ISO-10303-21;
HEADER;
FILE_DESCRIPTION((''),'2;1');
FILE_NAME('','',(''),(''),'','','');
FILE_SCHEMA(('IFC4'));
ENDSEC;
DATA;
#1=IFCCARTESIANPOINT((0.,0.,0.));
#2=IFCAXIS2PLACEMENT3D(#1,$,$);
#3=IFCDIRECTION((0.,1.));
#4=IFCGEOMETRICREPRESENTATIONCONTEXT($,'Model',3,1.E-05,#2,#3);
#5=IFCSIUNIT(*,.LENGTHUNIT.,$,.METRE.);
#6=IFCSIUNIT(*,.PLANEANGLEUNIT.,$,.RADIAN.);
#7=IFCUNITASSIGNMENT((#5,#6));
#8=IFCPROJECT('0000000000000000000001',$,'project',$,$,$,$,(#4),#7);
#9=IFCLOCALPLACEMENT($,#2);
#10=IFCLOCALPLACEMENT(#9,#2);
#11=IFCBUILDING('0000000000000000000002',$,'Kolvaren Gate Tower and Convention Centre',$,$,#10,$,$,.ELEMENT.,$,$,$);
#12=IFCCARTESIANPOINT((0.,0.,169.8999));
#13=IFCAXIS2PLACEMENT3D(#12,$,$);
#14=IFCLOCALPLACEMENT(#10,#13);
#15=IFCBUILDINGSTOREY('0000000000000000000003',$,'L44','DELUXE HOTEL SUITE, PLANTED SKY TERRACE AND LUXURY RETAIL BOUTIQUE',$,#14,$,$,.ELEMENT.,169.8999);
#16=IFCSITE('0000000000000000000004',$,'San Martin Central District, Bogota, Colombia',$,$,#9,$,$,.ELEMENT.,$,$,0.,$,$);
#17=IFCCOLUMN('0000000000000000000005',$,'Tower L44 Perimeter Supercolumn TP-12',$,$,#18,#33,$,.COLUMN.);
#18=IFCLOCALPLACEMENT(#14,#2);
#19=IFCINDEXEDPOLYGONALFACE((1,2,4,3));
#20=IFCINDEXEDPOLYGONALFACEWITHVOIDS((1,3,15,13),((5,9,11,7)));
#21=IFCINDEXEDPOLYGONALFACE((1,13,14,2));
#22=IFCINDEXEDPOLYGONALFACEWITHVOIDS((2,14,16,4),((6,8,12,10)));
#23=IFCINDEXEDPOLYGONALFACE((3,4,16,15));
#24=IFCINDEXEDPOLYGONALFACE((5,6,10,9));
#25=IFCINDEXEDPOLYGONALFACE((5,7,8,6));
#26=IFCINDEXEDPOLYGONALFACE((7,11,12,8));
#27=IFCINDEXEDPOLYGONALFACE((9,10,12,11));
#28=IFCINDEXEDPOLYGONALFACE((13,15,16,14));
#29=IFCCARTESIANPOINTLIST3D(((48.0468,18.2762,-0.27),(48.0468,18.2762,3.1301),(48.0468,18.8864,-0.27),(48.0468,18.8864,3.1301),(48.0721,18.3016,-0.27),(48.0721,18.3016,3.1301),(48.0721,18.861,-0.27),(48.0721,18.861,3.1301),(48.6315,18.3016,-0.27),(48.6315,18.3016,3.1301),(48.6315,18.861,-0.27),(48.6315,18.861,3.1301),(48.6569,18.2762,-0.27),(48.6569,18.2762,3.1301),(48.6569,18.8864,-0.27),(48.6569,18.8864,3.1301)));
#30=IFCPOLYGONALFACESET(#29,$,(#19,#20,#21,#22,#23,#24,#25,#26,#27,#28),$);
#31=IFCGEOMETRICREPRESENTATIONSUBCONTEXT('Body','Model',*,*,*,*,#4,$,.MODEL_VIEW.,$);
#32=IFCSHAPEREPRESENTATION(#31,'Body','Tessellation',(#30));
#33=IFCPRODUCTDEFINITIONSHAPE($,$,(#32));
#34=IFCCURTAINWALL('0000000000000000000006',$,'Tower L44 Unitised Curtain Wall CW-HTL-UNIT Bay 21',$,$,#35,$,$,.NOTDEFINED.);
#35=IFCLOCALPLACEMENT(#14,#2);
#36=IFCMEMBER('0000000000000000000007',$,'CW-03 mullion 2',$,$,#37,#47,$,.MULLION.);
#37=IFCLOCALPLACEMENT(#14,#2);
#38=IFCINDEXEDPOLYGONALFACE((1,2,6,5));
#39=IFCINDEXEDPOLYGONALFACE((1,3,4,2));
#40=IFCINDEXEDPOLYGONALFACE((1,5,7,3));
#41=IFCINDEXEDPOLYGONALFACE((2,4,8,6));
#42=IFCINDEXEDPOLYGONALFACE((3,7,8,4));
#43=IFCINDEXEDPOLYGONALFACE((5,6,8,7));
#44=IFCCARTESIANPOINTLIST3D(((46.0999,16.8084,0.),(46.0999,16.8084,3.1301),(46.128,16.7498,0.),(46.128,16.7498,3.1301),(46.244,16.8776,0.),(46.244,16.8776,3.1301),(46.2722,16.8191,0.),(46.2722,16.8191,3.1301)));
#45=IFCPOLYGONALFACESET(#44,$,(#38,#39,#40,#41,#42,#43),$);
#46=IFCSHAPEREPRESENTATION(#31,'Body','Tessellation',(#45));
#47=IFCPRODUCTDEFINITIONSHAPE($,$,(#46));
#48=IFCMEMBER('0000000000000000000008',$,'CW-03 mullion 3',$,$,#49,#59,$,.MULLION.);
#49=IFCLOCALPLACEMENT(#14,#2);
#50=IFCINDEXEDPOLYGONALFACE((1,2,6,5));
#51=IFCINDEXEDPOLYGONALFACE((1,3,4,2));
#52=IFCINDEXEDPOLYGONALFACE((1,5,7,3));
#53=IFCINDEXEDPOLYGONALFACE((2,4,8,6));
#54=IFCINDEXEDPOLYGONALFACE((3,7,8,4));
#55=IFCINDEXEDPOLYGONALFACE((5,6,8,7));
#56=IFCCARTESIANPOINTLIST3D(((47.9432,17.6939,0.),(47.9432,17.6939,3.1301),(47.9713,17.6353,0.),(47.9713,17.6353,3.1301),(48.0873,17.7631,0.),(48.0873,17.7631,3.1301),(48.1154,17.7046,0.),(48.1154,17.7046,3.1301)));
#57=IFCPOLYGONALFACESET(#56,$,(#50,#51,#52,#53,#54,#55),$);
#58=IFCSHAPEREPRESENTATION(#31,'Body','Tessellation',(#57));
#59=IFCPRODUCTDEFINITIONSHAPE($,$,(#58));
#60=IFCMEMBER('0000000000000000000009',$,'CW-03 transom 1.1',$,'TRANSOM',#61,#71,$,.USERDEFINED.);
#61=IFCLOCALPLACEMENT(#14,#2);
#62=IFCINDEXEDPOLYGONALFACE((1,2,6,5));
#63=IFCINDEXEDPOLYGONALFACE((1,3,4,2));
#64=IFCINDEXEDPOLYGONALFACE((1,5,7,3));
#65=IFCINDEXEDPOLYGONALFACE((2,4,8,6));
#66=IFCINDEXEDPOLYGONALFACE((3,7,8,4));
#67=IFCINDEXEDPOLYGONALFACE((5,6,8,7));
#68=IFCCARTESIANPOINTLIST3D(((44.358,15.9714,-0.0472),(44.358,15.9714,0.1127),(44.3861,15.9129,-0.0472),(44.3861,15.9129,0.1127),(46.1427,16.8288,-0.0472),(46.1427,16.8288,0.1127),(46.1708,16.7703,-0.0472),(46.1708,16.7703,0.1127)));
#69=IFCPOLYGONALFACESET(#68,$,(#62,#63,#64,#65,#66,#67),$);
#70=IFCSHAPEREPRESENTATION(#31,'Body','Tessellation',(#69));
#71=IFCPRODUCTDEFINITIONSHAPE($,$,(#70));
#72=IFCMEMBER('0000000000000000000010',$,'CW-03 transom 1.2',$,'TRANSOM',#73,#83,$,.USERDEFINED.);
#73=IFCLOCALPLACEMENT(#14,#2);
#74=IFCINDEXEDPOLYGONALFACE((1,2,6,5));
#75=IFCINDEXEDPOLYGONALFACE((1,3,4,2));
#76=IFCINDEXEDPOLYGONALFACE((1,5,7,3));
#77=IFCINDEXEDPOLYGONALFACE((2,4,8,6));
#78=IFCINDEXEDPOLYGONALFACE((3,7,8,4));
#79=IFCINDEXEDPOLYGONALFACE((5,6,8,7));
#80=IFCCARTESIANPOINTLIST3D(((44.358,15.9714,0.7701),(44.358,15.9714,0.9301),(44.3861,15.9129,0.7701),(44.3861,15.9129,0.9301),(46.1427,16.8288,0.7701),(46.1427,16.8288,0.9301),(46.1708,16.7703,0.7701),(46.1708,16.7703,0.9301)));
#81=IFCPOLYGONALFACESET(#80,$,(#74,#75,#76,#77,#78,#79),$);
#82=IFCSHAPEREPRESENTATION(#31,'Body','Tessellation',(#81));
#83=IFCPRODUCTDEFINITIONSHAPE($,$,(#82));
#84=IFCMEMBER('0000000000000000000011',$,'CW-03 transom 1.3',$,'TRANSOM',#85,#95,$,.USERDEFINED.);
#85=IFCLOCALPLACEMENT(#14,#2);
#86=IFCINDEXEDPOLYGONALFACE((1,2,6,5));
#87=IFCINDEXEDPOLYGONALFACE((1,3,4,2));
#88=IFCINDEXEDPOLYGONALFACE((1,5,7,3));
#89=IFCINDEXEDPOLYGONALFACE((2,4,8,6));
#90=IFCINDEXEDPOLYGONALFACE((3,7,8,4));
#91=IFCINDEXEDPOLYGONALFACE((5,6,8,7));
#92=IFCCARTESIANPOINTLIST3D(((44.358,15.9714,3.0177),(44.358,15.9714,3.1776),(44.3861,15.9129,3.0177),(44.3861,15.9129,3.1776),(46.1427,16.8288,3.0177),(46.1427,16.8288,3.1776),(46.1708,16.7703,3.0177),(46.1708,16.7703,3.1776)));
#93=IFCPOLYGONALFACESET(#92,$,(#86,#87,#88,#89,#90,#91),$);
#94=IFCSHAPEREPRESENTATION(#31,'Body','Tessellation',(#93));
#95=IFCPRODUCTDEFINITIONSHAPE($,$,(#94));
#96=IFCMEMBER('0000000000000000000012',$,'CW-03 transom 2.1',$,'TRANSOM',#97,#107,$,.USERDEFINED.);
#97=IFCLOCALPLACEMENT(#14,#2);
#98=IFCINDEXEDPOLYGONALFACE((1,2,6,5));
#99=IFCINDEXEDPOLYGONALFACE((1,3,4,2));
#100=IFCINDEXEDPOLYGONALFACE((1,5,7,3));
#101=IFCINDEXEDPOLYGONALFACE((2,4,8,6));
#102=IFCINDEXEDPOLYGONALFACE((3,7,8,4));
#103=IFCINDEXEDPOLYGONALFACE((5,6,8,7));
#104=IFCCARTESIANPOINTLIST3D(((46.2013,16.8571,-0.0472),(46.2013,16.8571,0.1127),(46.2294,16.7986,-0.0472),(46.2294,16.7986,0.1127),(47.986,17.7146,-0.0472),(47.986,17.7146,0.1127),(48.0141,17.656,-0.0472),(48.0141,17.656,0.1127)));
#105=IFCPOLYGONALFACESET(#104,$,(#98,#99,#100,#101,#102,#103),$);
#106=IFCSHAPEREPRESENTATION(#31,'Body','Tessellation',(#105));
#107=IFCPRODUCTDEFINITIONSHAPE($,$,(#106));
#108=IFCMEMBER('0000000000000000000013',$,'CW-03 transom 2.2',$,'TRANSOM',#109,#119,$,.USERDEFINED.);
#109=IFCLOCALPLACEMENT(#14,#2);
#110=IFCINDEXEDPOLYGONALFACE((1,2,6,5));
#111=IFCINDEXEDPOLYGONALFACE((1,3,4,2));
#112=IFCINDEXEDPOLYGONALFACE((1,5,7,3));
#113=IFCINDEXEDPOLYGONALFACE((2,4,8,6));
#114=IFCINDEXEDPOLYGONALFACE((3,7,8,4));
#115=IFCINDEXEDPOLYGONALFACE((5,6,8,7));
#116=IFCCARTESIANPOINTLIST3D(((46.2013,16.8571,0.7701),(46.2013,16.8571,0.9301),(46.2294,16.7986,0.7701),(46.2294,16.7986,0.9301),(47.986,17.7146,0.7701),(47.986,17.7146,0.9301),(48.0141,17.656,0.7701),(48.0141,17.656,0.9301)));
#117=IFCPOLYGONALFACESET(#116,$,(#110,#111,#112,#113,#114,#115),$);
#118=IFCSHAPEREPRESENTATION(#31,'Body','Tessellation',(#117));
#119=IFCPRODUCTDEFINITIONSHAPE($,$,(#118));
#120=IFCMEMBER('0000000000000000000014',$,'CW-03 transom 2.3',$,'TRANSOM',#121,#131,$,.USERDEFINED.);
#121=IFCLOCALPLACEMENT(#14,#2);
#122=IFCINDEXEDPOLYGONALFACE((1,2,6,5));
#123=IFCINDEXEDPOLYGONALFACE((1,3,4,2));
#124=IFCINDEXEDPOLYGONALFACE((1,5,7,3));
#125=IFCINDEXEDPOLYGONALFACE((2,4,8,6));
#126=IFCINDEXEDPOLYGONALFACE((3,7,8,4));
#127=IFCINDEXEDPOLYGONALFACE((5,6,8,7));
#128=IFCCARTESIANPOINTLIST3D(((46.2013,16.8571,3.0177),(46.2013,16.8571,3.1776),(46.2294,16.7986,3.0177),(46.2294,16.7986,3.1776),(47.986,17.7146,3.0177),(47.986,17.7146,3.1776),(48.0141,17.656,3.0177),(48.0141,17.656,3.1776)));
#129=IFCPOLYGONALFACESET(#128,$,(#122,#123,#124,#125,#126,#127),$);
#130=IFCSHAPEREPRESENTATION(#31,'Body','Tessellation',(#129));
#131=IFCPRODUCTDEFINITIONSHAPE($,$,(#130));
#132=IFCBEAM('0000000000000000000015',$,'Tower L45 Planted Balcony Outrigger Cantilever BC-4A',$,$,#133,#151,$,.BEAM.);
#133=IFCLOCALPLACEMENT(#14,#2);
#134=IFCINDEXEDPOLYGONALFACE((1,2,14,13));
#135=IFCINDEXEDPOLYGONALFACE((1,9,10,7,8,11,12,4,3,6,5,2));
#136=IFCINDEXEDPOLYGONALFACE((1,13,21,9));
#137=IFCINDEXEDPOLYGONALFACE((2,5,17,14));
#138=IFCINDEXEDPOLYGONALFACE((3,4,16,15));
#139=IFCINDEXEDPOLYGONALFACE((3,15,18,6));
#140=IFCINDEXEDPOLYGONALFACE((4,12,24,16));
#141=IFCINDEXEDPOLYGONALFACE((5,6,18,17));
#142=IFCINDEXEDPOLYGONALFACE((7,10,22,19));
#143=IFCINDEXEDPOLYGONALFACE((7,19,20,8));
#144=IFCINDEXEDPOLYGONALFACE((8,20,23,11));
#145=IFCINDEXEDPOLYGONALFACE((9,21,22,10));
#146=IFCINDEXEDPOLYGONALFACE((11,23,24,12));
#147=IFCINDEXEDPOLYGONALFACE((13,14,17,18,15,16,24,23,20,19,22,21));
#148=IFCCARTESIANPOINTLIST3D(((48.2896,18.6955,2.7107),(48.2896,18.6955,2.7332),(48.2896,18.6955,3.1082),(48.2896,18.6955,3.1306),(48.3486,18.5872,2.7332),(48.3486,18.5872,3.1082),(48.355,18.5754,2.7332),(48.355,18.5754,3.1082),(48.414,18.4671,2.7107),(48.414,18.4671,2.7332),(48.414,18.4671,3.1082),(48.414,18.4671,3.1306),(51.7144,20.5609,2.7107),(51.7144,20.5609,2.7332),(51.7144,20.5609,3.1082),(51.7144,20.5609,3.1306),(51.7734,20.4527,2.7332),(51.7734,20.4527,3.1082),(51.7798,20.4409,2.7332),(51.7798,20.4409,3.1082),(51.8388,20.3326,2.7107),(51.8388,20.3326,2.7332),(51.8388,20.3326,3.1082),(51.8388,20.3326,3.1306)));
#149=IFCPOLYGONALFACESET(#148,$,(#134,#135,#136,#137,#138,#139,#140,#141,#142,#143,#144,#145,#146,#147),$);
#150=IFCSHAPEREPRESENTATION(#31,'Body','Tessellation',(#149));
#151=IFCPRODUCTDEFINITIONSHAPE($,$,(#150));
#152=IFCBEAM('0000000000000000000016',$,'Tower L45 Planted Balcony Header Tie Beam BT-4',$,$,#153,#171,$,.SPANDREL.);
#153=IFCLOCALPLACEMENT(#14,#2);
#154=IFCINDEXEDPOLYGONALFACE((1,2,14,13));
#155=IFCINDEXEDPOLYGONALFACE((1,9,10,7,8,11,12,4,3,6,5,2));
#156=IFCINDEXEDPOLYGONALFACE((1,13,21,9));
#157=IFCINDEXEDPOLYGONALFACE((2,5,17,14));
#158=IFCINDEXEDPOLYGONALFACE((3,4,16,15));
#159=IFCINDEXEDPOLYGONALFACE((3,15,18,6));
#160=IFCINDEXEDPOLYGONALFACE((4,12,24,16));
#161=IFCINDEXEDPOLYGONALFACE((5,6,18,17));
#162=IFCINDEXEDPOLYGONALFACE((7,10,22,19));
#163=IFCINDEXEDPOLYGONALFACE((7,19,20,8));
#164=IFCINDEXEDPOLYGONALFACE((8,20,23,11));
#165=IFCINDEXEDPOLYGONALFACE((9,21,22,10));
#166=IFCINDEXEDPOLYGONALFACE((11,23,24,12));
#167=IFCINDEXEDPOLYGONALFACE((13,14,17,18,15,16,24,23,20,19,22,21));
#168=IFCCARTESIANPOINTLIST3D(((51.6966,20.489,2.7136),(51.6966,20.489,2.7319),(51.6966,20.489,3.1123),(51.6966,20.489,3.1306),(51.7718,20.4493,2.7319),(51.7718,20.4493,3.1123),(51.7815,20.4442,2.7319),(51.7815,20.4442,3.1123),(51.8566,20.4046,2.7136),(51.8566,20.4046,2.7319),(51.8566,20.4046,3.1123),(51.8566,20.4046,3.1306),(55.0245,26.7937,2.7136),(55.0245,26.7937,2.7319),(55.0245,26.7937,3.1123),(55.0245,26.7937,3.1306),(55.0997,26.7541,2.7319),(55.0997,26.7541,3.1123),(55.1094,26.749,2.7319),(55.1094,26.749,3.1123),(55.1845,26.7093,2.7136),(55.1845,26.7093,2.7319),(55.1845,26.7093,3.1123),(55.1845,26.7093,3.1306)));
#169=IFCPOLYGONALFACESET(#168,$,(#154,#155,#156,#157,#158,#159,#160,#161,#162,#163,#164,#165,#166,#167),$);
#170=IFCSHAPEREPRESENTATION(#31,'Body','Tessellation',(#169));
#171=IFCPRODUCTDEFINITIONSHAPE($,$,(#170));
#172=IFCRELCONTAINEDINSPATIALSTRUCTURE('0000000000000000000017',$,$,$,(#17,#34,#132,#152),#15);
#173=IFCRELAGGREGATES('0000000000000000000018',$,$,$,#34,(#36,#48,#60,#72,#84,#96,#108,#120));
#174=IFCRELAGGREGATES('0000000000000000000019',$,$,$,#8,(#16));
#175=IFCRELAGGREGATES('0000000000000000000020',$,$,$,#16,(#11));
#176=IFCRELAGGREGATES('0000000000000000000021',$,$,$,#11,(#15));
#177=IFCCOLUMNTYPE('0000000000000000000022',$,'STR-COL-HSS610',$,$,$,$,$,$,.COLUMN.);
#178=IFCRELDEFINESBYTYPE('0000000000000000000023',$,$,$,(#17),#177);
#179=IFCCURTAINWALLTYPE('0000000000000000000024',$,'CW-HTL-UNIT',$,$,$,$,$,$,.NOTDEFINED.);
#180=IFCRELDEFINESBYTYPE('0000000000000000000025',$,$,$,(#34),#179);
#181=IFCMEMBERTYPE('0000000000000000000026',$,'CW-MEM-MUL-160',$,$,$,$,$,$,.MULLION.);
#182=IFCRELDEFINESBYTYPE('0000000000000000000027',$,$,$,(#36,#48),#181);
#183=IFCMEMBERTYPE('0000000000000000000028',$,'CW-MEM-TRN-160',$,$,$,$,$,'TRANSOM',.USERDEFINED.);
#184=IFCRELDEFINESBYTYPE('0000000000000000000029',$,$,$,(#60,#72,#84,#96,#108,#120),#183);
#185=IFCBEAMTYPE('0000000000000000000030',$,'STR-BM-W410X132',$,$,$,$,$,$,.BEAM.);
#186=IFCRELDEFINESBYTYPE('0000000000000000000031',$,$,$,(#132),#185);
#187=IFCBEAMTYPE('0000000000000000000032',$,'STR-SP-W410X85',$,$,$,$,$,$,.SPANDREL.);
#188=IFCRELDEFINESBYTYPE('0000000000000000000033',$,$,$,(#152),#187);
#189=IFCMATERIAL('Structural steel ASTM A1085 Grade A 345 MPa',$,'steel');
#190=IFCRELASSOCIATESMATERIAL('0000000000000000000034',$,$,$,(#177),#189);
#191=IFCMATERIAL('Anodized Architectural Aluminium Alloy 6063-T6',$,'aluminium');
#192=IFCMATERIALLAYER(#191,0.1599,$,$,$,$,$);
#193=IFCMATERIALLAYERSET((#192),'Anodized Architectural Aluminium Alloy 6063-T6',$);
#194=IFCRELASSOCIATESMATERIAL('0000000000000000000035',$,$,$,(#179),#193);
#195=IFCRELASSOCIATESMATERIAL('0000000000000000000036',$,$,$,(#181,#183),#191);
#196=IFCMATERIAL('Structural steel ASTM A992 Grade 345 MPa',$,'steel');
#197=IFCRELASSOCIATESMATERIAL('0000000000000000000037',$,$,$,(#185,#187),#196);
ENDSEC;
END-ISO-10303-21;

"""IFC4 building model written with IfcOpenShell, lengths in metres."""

from ifc_helpers import new_model, si_unit, direction, frame, origin, origin_2d, place, context, subcontext, project, spatial, rectangle, hollow_rectangle, i_section, extrude, material, layer, layer_set, material_profile, profile_set, type_object, element, aggregate, save


model = new_model("IFC4")

# Units and contexts
model_context = context("Model", 3, precision=1e-05, world=origin(), true_north=direction((0.0, 1.0)))
body_context = subcontext(model_context, "Body", "Model", "MODEL_VIEW")
ifc_project = project(units=[si_unit("LENGTHUNIT", "METRE"), si_unit("PLANEANGLEUNIT", "RADIAN")], contexts=[model_context])

# Site, building, storey
site_placement = place(None, origin())
site = spatial("IfcSite", under=ifc_project, at=site_placement, Name="San Martin Central District, Bogota, Colombia", CompositionType="ELEMENT", RefElevation=0.0)
building_placement = place(site_placement, origin())
building = spatial("IfcBuilding", under=site, at=building_placement, Name="Kolvaren Gate Tower and Convention Centre", CompositionType="ELEMENT")
storey_placement = place(building_placement, frame((0.0, 0.0, 169.8999)))
storey = spatial("IfcBuildingStorey", under=building, at=storey_placement, Name="L44", Description="DELUXE HOTEL SUITE, PLANTED SKY TERRACE AND LUXURY RETAIL BOUTIQUE", CompositionType="ELEMENT", Elevation=169.8999)

# Column
ifc_material_1 = material(Name="Structural steel ASTM A1085 Grade A 345 MPa", Category="steel")
ifc_material_profile_1 = material_profile(ifc_material_1, hollow_rectangle(XDim=0.6101, YDim=0.6101, WallThickness=0.0254, at=origin_2d()), Name="HSS610X610X25.4")
ifc_profile_set_1 = profile_set([ifc_material_profile_1], Name="Structural steel ASTM A1085 Grade A 345 MPa")
column_type = type_object("IfcColumnType", Name="STR-COL-HSS610", PredefinedType="COLUMN", material=ifc_profile_set_1)
column_placement = place(storey_placement, frame((48.3518, 18.5813, -0.27), z_axis=(0.0, 0.0, 1.0), x_axis=(1.0, 0.0, 0.0)))
element("IfcColumn", 1, at=column_placement, inside=storey, type_object=column_type, Name="Tower L44 Perimeter Supercolumn TP-12", PredefinedType="COLUMN", context=body_context, shape_type="SweptSolid", body=[
    extrude(hollow_rectangle(XDim=0.6101, YDim=0.6101, WallThickness=0.0254, at=origin_2d()), origin(), (0.0, 0.0, 1.0), 3.4001),
])

# Curtain wall, members
ifc_material_2 = material(Name="Anodized Architectural Aluminium Alloy 6063-T6", Category="aluminium")
ifc_layer_1 = layer(ifc_material_2, 0.1599)
ifc_layer_set_1 = layer_set([ifc_layer_1], Name="Anodized Architectural Aluminium Alloy 6063-T6")
curtain_wall_type = type_object("IfcCurtainWallType", Name="CW-HTL-UNIT", PredefinedType="NOTDEFINED", material=ifc_layer_set_1)
curtain_wall_placement = place(storey_placement, origin())
curtain_wall = element("IfcCurtainWall", 2, at=curtain_wall_placement, inside=storey, type_object=curtain_wall_type, Name="Tower L44 Unitised Curtain Wall CW-HTL-UNIT Bay 21", PredefinedType="NOTDEFINED")
ifc_material_profile_2 = material_profile(ifc_material_2, rectangle(XDim=0.0649, YDim=0.1599, at=origin_2d()), Name="CW-MEM-MUL-160")
ifc_profile_set_2 = profile_set([ifc_material_profile_2], Name="Anodized Architectural Aluminium Alloy 6063-T6")
member_type_1 = type_object("IfcMemberType", Name="CW-MEM-MUL-160", PredefinedType="MULLION", material=ifc_profile_set_2)
member_1_placement = place(storey_placement, frame((46.186, 16.8137, 0.0), z_axis=(0.0, 0.0, 1.0), x_axis=(-0.433074, 0.901358, 0.0)))
member_1 = element("IfcMember", 3, at=member_1_placement, type_object=member_type_1, Name="CW-03 mullion 2", PredefinedType="MULLION", context=body_context, shape_type="SweptSolid", body=[
    extrude(rectangle(XDim=0.0649, YDim=0.1599, at=origin_2d()), origin(), (0.0, 0.0, 1.0), 3.1301),
])
member_2_placement = place(storey_placement, frame((48.0293, 17.6992, 0.0), z_axis=(0.0, 0.0, 1.0), x_axis=(-0.433074, 0.901358, 0.0)))
member_2 = element("IfcMember", 4, at=member_2_placement, type_object=member_type_1, Name="CW-03 mullion 3", PredefinedType="MULLION", context=body_context, shape_type="SweptSolid", body=[
    extrude(rectangle(XDim=0.0649, YDim=0.1599, at=origin_2d()), origin(), (0.0, 0.0, 1.0), 3.1301),
])
ifc_material_profile_3 = material_profile(ifc_material_2, rectangle(XDim=0.0649, YDim=0.1599, at=origin_2d()), Name="CW-MEM-TRN-160")
ifc_profile_set_3 = profile_set([ifc_material_profile_3], Name="Anodized Architectural Aluminium Alloy 6063-T6")
member_type_2 = type_object("IfcMemberType", Name="CW-MEM-TRN-160", ElementType="TRANSOM", PredefinedType="USERDEFINED", material=ifc_profile_set_3)
member_3_placement = place(storey_placement, frame((44.3721, 15.9421, 0.0327), z_axis=(0.901369, 0.433052, 0.0), x_axis=(-0.433052, 0.901369, 0.0)))
member_3 = element("IfcMember", 5, at=member_3_placement, type_object=member_type_2, Name="CW-03 transom 1.1", ObjectType="TRANSOM", PredefinedType="USERDEFINED", context=body_context, shape_type="SweptSolid", body=[
    extrude(rectangle(XDim=0.0649, YDim=0.1599, at=origin_2d()), origin(), (0.0, 0.0, 1.0), 1.98),
])
member_4_placement = place(storey_placement, frame((44.3721, 15.9421, 0.8501), z_axis=(0.901369, 0.433052, 0.0), x_axis=(-0.433052, 0.901369, 0.0)))
member_4 = element("IfcMember", 6, at=member_4_placement, type_object=member_type_2, Name="CW-03 transom 1.2", ObjectType="TRANSOM", PredefinedType="USERDEFINED", context=body_context, shape_type="SweptSolid", body=[
    extrude(rectangle(XDim=0.0649, YDim=0.1599, at=origin_2d()), origin(), (0.0, 0.0, 1.0), 1.98),
])
member_5_placement = place(storey_placement, frame((44.3721, 15.9421, 3.0977), z_axis=(0.901369, 0.433052, 0.0), x_axis=(-0.433052, 0.901369, 0.0)))
member_5 = element("IfcMember", 7, at=member_5_placement, type_object=member_type_2, Name="CW-03 transom 1.3", ObjectType="TRANSOM", PredefinedType="USERDEFINED", context=body_context, shape_type="SweptSolid", body=[
    extrude(rectangle(XDim=0.0649, YDim=0.1599, at=origin_2d()), origin(), (0.0, 0.0, 1.0), 1.98),
])
member_6_placement = place(storey_placement, frame((46.2153, 16.8279, 0.0327), z_axis=(0.901369, 0.433052, 0.0), x_axis=(-0.433052, 0.901369, 0.0)))
member_6 = element("IfcMember", 8, at=member_6_placement, type_object=member_type_2, Name="CW-03 transom 2.1", ObjectType="TRANSOM", PredefinedType="USERDEFINED", context=body_context, shape_type="SweptSolid", body=[
    extrude(rectangle(XDim=0.0649, YDim=0.1599, at=origin_2d()), origin(), (0.0, 0.0, 1.0), 1.98),
])
member_7_placement = place(storey_placement, frame((46.2153, 16.8279, 0.8501), z_axis=(0.901369, 0.433052, 0.0), x_axis=(-0.433052, 0.901369, 0.0)))
member_7 = element("IfcMember", 9, at=member_7_placement, type_object=member_type_2, Name="CW-03 transom 2.2", ObjectType="TRANSOM", PredefinedType="USERDEFINED", context=body_context, shape_type="SweptSolid", body=[
    extrude(rectangle(XDim=0.0649, YDim=0.1599, at=origin_2d()), origin(), (0.0, 0.0, 1.0), 1.98),
])
member_8_placement = place(storey_placement, frame((46.2153, 16.8279, 3.0977), z_axis=(0.901369, 0.433052, 0.0), x_axis=(-0.433052, 0.901369, 0.0)))
member_8 = element("IfcMember", 10, at=member_8_placement, type_object=member_type_2, Name="CW-03 transom 2.3", ObjectType="TRANSOM", PredefinedType="USERDEFINED", context=body_context, shape_type="SweptSolid", body=[
    extrude(rectangle(XDim=0.0649, YDim=0.1599, at=origin_2d()), origin(), (0.0, 0.0, 1.0), 1.98),
])

# Beams
ifc_material_3 = material(Name="Structural steel ASTM A992 Grade 345 MPa", Category="steel")
ifc_material_profile_4 = material_profile(ifc_material_3, i_section(OverallWidth=0.26, OverallDepth=0.4199, WebThickness=0.0134, FlangeThickness=0.0225, at=origin_2d()), Name="W410X132")
ifc_profile_set_4 = profile_set([ifc_material_profile_4], Name="Structural steel ASTM A992 Grade 345 MPa")
beam_type_1 = type_object("IfcBeamType", Name="STR-BM-W410X132", PredefinedType="BEAM", material=ifc_profile_set_4)
beam_1_placement = place(storey_placement, frame((48.3518, 18.5813, 2.9207), z_axis=(0.878175, 0.478339, 0.0), x_axis=(-0.478339, 0.878175, 0.0)))
element("IfcBeam", 11, at=beam_1_placement, inside=storey, type_object=beam_type_1, Name="Tower L45 Planted Balcony Outrigger Cantilever BC-4A", PredefinedType="BEAM", context=body_context, shape_type="SweptSolid", body=[
    extrude(i_section(OverallWidth=0.26, OverallDepth=0.4199, WebThickness=0.0134, FlangeThickness=0.0225, at=origin_2d()), origin(), (0.0, 0.0, 1.0), 3.8999),
])
ifc_material_profile_5 = material_profile(ifc_material_3, i_section(OverallWidth=0.1809, OverallDepth=0.417, WebThickness=0.011, FlangeThickness=0.0183, at=origin_2d()), Name="W410X85")
ifc_profile_set_5 = profile_set([ifc_material_profile_5], Name="Structural steel ASTM A992 Grade 345 MPa")
beam_type_2 = type_object("IfcBeamType", Name="STR-SP-W410X85", PredefinedType="SPANDREL", material=ifc_profile_set_5)
beam_2_placement = place(storey_placement, frame((51.7766, 20.4468, 2.9221), z_axis=(0.466803, 0.884361, 0.0), x_axis=(-0.884361, 0.466803, 0.0)))
element("IfcBeam", 12, at=beam_2_placement, inside=storey, type_object=beam_type_2, Name="Tower L45 Planted Balcony Header Tie Beam BT-4", PredefinedType="SPANDREL", context=body_context, shape_type="SweptSolid", body=[
    extrude(i_section(OverallWidth=0.1809, OverallDepth=0.417, WebThickness=0.011, FlangeThickness=0.0183, at=origin_2d()), origin(), (0.0, 0.0, 1.0), 7.1292),
])

aggregate(curtain_wall, [member_1, member_2, member_3, member_4, member_5, member_6, member_7, member_8])

save(model, "model.ifc")
